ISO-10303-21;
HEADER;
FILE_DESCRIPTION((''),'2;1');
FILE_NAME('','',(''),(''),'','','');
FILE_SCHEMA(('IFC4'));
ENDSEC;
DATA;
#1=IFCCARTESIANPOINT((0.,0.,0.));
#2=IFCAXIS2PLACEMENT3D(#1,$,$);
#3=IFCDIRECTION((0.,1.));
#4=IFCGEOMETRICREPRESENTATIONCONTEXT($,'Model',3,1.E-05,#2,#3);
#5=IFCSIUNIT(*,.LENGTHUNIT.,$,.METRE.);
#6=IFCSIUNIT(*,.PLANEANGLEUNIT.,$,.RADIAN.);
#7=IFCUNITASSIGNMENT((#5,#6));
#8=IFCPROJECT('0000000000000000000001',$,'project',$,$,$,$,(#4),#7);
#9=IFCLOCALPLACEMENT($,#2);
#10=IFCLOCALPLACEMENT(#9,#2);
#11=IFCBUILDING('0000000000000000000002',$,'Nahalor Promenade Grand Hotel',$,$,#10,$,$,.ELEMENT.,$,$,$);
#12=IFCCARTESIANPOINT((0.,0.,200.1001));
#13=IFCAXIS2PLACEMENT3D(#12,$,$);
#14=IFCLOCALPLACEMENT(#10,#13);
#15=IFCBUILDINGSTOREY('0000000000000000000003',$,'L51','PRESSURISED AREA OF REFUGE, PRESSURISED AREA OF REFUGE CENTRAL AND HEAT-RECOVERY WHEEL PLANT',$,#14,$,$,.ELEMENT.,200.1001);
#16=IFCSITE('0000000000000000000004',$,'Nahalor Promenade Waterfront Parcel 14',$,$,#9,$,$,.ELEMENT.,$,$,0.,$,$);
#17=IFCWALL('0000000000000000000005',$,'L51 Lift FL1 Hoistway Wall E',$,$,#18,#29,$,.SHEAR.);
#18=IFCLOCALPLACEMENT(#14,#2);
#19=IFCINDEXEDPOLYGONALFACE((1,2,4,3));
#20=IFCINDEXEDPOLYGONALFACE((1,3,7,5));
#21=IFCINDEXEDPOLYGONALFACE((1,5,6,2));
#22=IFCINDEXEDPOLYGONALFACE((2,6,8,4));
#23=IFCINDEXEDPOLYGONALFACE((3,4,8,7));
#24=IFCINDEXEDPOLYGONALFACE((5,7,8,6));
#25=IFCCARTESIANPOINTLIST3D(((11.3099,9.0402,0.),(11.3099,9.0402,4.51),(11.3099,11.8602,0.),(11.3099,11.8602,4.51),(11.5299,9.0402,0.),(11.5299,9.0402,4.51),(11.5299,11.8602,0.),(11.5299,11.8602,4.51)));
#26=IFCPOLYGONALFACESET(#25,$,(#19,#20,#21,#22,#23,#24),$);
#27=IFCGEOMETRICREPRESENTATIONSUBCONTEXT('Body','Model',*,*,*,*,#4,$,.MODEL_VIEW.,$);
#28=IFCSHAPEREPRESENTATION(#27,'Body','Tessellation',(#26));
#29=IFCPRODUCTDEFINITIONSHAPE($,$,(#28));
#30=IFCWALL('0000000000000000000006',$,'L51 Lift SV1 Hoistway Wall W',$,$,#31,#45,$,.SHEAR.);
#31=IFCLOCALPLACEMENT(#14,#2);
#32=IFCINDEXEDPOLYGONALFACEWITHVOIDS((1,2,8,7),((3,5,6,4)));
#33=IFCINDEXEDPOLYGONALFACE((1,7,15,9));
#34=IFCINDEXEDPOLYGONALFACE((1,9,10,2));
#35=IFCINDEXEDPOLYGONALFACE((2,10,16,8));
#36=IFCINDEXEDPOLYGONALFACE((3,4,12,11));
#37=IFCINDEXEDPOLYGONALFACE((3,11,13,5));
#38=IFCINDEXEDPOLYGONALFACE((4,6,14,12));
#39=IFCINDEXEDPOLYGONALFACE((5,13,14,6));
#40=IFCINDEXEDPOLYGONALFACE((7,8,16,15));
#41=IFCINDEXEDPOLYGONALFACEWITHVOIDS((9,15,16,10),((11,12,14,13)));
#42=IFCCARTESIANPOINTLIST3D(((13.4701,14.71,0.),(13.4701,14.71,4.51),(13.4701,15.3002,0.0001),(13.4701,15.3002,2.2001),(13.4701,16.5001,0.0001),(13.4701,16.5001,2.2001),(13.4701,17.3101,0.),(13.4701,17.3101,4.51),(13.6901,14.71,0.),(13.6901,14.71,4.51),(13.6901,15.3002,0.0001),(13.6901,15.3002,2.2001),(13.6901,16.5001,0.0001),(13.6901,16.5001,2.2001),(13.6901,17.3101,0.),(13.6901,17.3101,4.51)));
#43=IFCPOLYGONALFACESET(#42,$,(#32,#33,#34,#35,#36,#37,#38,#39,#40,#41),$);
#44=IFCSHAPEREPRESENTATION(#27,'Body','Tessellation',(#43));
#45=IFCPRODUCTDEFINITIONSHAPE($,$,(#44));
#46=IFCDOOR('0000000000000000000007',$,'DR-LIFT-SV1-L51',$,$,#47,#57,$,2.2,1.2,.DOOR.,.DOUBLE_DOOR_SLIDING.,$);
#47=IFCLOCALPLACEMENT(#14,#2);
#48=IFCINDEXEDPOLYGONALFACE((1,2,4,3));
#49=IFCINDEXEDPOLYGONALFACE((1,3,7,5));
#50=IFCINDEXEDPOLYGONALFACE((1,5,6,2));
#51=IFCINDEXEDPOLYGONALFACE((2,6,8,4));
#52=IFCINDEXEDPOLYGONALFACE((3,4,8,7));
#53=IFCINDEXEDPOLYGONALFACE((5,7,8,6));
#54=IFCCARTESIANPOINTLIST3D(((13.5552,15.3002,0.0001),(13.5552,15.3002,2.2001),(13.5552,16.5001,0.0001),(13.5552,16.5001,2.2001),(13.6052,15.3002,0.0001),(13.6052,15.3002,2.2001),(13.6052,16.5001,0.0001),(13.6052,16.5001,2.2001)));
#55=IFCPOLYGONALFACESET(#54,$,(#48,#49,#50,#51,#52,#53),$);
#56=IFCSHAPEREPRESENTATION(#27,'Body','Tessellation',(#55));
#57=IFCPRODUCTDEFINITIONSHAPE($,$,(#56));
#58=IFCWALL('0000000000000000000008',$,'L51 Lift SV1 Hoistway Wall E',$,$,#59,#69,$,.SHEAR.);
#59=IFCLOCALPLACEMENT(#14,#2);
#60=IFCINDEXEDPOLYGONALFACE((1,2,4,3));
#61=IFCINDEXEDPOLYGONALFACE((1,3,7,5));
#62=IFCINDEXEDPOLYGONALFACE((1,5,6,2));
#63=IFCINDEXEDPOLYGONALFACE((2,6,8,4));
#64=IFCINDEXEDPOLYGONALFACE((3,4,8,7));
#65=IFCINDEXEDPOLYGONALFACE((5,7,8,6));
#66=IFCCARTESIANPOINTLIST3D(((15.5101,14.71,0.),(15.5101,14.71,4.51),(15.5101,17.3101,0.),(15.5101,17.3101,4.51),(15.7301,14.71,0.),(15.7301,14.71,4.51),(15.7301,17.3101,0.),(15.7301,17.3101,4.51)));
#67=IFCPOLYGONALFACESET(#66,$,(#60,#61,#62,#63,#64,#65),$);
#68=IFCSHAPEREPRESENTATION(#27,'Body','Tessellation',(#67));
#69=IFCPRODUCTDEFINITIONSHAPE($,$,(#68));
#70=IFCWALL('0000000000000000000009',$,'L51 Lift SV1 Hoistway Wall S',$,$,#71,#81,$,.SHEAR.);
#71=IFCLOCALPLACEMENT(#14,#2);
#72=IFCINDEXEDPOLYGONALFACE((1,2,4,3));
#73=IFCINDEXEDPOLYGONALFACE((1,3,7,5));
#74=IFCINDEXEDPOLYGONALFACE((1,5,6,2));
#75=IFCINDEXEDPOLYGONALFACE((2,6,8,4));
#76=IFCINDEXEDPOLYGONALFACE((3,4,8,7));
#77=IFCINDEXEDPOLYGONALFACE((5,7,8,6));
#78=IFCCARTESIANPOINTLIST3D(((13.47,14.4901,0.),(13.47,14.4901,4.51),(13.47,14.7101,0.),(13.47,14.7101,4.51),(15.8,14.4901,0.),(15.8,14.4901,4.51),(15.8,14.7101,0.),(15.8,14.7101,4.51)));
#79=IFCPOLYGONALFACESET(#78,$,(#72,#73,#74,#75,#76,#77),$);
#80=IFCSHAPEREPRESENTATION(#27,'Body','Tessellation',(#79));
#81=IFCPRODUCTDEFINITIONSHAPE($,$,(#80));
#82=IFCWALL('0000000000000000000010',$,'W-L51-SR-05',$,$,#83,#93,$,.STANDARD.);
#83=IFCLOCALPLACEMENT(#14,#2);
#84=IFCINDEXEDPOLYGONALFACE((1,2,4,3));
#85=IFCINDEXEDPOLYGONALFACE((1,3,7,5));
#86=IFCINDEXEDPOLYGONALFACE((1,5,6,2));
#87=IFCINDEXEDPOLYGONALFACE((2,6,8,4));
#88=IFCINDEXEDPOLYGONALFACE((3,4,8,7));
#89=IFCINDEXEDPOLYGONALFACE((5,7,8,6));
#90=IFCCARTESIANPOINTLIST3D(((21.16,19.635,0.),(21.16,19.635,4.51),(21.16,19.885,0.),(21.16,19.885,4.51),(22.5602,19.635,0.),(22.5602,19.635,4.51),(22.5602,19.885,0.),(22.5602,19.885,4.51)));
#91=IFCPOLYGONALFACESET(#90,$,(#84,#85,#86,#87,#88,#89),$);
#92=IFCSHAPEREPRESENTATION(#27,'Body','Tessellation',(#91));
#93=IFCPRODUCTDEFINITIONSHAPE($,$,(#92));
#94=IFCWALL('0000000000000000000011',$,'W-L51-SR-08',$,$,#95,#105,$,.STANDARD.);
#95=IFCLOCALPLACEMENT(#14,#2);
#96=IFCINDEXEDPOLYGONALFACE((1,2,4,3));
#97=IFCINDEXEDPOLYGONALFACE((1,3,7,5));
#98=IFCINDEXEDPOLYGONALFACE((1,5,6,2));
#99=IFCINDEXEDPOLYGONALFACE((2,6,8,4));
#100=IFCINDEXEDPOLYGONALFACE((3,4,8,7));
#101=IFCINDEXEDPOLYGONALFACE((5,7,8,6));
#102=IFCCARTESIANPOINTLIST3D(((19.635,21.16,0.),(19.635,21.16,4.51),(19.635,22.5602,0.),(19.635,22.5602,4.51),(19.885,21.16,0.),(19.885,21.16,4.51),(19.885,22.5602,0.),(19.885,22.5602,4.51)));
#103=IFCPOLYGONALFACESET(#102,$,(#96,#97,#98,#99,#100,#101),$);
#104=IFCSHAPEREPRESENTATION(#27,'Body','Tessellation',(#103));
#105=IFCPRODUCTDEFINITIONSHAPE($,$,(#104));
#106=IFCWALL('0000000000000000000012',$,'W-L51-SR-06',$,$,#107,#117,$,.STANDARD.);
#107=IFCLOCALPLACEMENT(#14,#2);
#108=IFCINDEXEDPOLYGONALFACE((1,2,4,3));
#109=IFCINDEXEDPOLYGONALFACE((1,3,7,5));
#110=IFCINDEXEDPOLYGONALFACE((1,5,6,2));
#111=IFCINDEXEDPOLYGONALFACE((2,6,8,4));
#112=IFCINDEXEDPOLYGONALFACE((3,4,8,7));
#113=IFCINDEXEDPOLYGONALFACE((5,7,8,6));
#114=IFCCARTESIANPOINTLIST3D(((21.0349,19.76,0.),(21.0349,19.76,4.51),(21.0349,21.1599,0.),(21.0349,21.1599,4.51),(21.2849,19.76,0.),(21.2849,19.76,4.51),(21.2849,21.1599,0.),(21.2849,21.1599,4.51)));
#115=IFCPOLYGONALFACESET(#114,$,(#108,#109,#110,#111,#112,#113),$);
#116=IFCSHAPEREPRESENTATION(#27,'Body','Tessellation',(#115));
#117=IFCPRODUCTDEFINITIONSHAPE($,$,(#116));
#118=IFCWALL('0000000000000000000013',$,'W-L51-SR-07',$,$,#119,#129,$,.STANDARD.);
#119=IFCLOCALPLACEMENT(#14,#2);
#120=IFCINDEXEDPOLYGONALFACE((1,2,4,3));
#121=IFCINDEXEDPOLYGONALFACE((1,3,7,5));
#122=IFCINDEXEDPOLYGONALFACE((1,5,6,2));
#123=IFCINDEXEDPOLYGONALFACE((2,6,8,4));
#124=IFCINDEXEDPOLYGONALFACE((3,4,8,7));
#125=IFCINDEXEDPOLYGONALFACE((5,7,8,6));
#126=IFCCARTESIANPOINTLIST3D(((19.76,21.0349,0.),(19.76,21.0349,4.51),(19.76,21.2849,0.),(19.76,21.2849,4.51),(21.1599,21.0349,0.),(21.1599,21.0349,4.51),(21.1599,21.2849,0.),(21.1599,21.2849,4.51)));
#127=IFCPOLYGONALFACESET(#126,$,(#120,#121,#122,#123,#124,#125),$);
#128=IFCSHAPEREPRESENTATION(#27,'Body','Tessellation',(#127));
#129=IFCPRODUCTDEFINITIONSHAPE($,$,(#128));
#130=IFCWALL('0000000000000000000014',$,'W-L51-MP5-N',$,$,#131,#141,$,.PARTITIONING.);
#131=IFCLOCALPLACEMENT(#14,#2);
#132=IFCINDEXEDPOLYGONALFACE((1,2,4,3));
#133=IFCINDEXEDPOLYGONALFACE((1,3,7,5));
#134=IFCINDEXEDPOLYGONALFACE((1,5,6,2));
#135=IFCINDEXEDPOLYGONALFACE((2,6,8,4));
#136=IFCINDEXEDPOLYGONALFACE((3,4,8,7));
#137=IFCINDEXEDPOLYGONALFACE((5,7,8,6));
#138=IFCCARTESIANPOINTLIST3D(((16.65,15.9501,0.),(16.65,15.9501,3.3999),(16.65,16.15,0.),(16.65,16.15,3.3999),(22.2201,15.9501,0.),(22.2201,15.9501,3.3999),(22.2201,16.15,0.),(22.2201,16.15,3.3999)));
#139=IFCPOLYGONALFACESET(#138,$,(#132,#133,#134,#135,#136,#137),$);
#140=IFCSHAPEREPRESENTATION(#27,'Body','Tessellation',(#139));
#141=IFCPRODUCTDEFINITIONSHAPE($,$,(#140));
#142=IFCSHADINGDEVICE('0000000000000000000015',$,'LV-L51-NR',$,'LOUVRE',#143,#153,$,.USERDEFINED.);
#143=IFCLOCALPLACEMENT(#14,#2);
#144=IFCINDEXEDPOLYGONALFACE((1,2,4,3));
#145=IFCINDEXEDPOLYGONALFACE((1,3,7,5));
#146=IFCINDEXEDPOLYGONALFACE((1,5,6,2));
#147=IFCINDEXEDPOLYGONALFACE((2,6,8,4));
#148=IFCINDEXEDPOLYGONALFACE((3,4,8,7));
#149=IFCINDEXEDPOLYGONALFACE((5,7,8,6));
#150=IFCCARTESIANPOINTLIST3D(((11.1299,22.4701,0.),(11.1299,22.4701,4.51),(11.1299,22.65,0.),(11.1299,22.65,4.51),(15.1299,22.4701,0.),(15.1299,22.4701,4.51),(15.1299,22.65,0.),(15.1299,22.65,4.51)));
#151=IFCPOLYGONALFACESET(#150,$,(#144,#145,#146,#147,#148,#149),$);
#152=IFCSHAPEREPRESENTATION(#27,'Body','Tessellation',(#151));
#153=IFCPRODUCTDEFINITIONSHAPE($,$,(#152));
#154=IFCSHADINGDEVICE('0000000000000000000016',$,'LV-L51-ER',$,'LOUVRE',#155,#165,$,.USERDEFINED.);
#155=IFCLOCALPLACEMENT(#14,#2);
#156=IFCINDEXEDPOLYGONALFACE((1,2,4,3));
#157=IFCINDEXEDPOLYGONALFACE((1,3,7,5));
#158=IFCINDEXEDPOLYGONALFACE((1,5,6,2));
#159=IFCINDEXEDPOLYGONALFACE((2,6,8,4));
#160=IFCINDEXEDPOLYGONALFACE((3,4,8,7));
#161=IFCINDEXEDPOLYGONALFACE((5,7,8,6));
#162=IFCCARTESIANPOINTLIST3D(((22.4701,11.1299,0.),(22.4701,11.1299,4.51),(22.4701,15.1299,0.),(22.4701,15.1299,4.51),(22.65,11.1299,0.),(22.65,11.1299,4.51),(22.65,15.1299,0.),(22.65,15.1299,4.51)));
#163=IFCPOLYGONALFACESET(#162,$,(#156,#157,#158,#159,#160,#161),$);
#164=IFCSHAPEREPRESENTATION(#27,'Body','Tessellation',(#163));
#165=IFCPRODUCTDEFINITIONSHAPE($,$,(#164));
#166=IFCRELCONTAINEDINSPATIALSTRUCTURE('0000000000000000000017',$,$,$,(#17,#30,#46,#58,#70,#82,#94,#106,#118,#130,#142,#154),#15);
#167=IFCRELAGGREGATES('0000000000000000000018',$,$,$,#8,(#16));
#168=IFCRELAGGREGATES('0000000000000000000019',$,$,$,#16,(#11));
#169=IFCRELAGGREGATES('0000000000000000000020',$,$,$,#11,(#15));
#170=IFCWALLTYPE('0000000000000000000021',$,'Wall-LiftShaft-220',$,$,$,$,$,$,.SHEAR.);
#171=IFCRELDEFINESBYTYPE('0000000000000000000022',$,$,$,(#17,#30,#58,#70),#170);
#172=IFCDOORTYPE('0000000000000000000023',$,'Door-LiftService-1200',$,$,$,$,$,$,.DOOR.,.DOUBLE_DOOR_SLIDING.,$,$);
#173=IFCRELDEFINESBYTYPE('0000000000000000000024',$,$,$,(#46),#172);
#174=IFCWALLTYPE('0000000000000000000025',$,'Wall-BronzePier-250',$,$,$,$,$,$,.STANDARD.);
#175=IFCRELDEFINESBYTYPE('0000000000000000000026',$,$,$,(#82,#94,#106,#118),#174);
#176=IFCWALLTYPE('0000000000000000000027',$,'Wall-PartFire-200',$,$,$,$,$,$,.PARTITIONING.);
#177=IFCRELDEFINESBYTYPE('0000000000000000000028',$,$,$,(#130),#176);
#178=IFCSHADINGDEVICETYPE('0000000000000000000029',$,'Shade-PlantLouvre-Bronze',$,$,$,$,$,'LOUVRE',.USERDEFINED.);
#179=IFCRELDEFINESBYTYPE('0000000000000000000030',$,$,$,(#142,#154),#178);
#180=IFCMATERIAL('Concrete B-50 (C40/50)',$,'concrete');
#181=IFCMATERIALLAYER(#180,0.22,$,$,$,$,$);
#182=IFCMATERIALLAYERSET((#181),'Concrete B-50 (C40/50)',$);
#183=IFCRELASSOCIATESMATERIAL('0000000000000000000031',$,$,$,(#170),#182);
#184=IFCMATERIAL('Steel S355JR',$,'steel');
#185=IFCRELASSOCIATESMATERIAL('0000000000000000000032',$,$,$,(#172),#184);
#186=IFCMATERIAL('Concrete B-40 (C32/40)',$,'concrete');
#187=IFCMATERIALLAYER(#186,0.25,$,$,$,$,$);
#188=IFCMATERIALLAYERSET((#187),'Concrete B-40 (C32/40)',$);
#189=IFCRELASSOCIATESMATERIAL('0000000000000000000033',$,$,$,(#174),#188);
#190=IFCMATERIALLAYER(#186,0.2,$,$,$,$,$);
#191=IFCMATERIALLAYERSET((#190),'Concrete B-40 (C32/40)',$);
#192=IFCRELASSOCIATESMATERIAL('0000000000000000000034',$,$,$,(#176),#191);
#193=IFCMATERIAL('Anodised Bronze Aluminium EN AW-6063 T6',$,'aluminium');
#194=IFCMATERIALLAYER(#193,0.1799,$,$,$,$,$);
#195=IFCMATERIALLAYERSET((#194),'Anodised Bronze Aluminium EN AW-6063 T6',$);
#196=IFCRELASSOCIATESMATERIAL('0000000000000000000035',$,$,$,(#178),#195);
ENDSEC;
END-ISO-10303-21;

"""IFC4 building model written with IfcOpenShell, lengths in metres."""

from ifc_helpers import new_model, si_unit, direction, frame, frame_2d, origin, origin_2d, place, context, subcontext, project, spatial, rectangle, extrude, source, transform, mapped, material, layer, layer_set, type_object, element, fill, save


model = new_model("IFC4")

# Units and contexts
model_context = context("Model", 3, precision=1e-05, world=origin(), true_north=direction((0.0, 1.0)))
body_context = subcontext(model_context, "Body", "Model", "MODEL_VIEW")
ifc_project = project(units=[si_unit("LENGTHUNIT", "METRE"), si_unit("PLANEANGLEUNIT", "RADIAN")], contexts=[model_context])

# Site, building, storey
site_placement = place(None, origin())
site = spatial("IfcSite", under=ifc_project, at=site_placement, Name="Nahalor Promenade Waterfront Parcel 14", CompositionType="ELEMENT", RefElevation=0.0)
building_placement = place(site_placement, origin())
building = spatial("IfcBuilding", under=site, at=building_placement, Name="Nahalor Promenade Grand Hotel", CompositionType="ELEMENT")
storey_placement = place(building_placement, frame((0.0, 0.0, 200.1001)))
storey = spatial("IfcBuildingStorey", under=building, at=storey_placement, Name="L51", Description="PRESSURISED AREA OF REFUGE, PRESSURISED AREA OF REFUGE CENTRAL AND HEAT-RECOVERY WHEEL PLANT", CompositionType="ELEMENT", Elevation=200.1001)

# Shared definitions
ifc_material_1 = material(Name="Steel S355JR", Category="steel")

# Wall
ifc_material_2 = material(Name="Concrete B-50 (C40/50)", Category="concrete")
ifc_layer_1 = layer(ifc_material_2, 0.22)
ifc_layer_set_1 = layer_set([ifc_layer_1], Name="Concrete B-50 (C40/50)")
wall_type_1 = type_object("IfcWallType", Name="Wall-LiftShaft-220", PredefinedType="SHEAR", material=ifc_layer_set_1)
shared_shape_1 = source(origin(), body_context, "Body", "SweptSolid", [
    extrude(rectangle(XDim=2.8201, YDim=0.22, at=frame_2d((1.4102, 0.0))), origin(), (0.0, 0.0, 1.0), 4.51),
])
wall_1_placement = place(storey_placement, frame((11.4199, 9.04, 0.0), z_axis=(0.0, 0.0, 1.0), x_axis=(0.0, 1.0, 0.0)))
element("IfcWall", 1, at=wall_1_placement, inside=storey, type_object=wall_type_1, Name="L51 Lift FL1 Hoistway Wall E", PredefinedType="SHEAR", context=body_context, shape_type="MappedRepresentation", body=[
    mapped(shared_shape_1, transform((0.0, 0.0, 0.0), scale=1.0)),
])

# Wall, opening, door
shared_shape_2 = source(origin(), body_context, "Body", "SweptSolid", [
    extrude(rectangle(XDim=2.6001, YDim=0.22, at=frame_2d((1.3, 0.0))), origin(), (0.0, 0.0, 1.0), 4.51),
])
wall_2_placement = place(storey_placement, frame((13.5801, 14.71, 0.0), z_axis=(0.0, 0.0, 1.0), x_axis=(0.0, 1.0, 0.0)))
wall_2 = element("IfcWall", 2, at=wall_2_placement, inside=storey, type_object=wall_type_1, Name="L51 Lift SV1 Hoistway Wall W", PredefinedType="SHEAR", context=body_context, shape_type="MappedRepresentation", body=[
    mapped(shared_shape_2, transform((0.0, 0.0, 0.0), scale=1.0)),
])
opening_placement = place(wall_2_placement, frame((0.5901, 0.0, 0.0)))
opening = element("IfcOpeningElement", 3, at=opening_placement, cuts=wall_2, PredefinedType="OPENING", context=body_context, shape_type="SweptSolid", body=[
    extrude(rectangle(XDim=1.2, YDim=2.2, at=frame_2d((0.6001, 1.1001))), frame((0.0, 0.1199, 0.0), z_axis=(0.0, -1.0, 0.0), x_axis=(1.0, 0.0, 0.0)), (0.0, 0.0, 1.0), 0.24),
])
door_type = type_object("IfcDoorType", Name="Door-LiftService-1200", OperationType="DOUBLE_DOOR_SLIDING", PredefinedType="DOOR", material=ifc_material_1)
shared_shape_3 = source(origin(), body_context, "Body", "SweptSolid", [
    extrude(rectangle(XDim=1.2, YDim=2.2, at=frame_2d((0.6001, 1.1001))), frame((0.0, 0.0249, 0.0), z_axis=(0.0, -1.0, 0.0), x_axis=(1.0, 0.0, 0.0)), (0.0, 0.0, 1.0), 0.05),
])
door_placement = place(opening_placement, origin())
door = element("IfcDoor", 4, at=door_placement, inside=storey, type_object=door_type, Name="DR-LIFT-SV1-L51", OperationType="DOUBLE_DOOR_SLIDING", OverallHeight=2.2, OverallWidth=1.2, PredefinedType="DOOR", context=body_context, shape_type="MappedRepresentation", body=[
    mapped(shared_shape_3, transform((0.0, 0.0, 0.0), scale=1.0)),
])
fill(opening, door)

# Walls
wall_3_placement = place(storey_placement, frame((15.6201, 14.71, 0.0), z_axis=(0.0, 0.0, 1.0), x_axis=(0.0, 1.0, 0.0)))
element("IfcWall", 5, at=wall_3_placement, inside=storey, type_object=wall_type_1, Name="L51 Lift SV1 Hoistway Wall E", PredefinedType="SHEAR", context=body_context, shape_type="MappedRepresentation", body=[
    mapped(shared_shape_2, transform((0.0, 0.0, 0.0), scale=1.0)),
])
shared_shape_4 = source(origin(), body_context, "Body", "SweptSolid", [
    extrude(rectangle(XDim=2.3301, YDim=0.22, at=frame_2d((1.165, 0.0))), origin(), (0.0, 0.0, 1.0), 4.51),
])
wall_4_placement = place(storey_placement, frame((13.47, 14.6001, 0.0), z_axis=(0.0, 0.0, 1.0), x_axis=(1.0, 0.0, 0.0)))
element("IfcWall", 6, at=wall_4_placement, inside=storey, type_object=wall_type_1, Name="L51 Lift SV1 Hoistway Wall S", PredefinedType="SHEAR", context=body_context, shape_type="MappedRepresentation", body=[
    mapped(shared_shape_4, transform((0.0, 0.0, 0.0), scale=1.0)),
])
ifc_material_3 = material(Name="Concrete B-40 (C32/40)", Category="concrete")
ifc_layer_2 = layer(ifc_material_3, 0.25)
ifc_layer_set_2 = layer_set([ifc_layer_2], Name="Concrete B-40 (C32/40)")
wall_type_2 = type_object("IfcWallType", Name="Wall-BronzePier-250", PredefinedType="STANDARD", material=ifc_layer_set_2)
shared_shape_5 = source(origin(), body_context, "Body", "SweptSolid", [
    extrude(rectangle(XDim=1.4001, YDim=0.25, at=frame_2d((0.7002, 0.0))), origin(), (0.0, 0.0, 1.0), 4.51),
])
for number, where, z_axis, x_axis, name in (
    (7, (21.1599, 19.76, 0.0), (0.0, 0.0, 1.0), (1.0, 0.0, 0.0), "W-L51-SR-05"),
    (8, (19.76, 21.1599, 0.0), (0.0, 0.0, 1.0), (0.0, 1.0, 0.0), "W-L51-SR-08"),
):
    element("IfcWall", number, at=place(storey_placement, frame(where, z_axis=z_axis, x_axis=x_axis)), inside=storey, type_object=wall_type_2, Name=name, PredefinedType="STANDARD", context=body_context, shape_type="MappedRepresentation", body=[
        mapped(shared_shape_5, transform((0.0, 0.0, 0.0), scale=1.0)),
    ])
shared_shape_6 = source(origin(), body_context, "Body", "SweptSolid", [
    extrude(rectangle(XDim=1.3999, YDim=0.25, at=frame_2d((0.7, 0.0))), origin(), (0.0, 0.0, 1.0), 4.51),
])
for number, where, z_axis, x_axis, name in (
    (9, (21.1599, 19.76, 0.0), (0.0, 0.0, 1.0), (0.0, 1.0, 0.0), "W-L51-SR-06"),
    (10, (19.76, 21.1599, 0.0), (0.0, 0.0, 1.0), (1.0, 0.0, 0.0), "W-L51-SR-07"),
):
    element("IfcWall", number, at=place(storey_placement, frame(where, z_axis=z_axis, x_axis=x_axis)), inside=storey, type_object=wall_type_2, Name=name, PredefinedType="STANDARD", context=body_context, shape_type="MappedRepresentation", body=[
        mapped(shared_shape_6, transform((0.0, 0.0, 0.0), scale=1.0)),
    ])
ifc_layer_3 = layer(ifc_material_3, 0.2)
ifc_layer_set_3 = layer_set([ifc_layer_3], Name="Concrete B-40 (C32/40)")
wall_type_3 = type_object("IfcWallType", Name="Wall-PartFire-200", PredefinedType="PARTITIONING", material=ifc_layer_set_3)
shared_shape_7 = source(origin(), body_context, "Body", "SweptSolid", [
    extrude(rectangle(XDim=5.5701, YDim=0.2, at=frame_2d((2.7852, 0.0))), origin(), (0.0, 0.0, 1.0), 3.3999),
])
wall_5_placement = place(storey_placement, frame((16.6499, 16.05, 0.0), z_axis=(0.0, 0.0, 1.0), x_axis=(1.0, 0.0, 0.0)))
element("IfcWall", 11, at=wall_5_placement, inside=storey, type_object=wall_type_3, Name="W-L51-MP5-N", PredefinedType="PARTITIONING", context=body_context, shape_type="MappedRepresentation", body=[
    mapped(shared_shape_7, transform((0.0, 0.0, 0.0), scale=1.0)),
])

# Shading devices
ifc_material_4 = material(Name="Anodised Bronze Aluminium EN AW-6063 T6", Category="aluminium")
ifc_layer_4 = layer(ifc_material_4, 0.1799)
ifc_layer_set_4 = layer_set([ifc_layer_4], Name="Anodised Bronze Aluminium EN AW-6063 T6")
shading_device_type = type_object("IfcShadingDeviceType", Name="Shade-PlantLouvre-Bronze", ElementType="LOUVRE", PredefinedType="USERDEFINED", material=ifc_layer_set_4)
shared_shape_8 = source(origin(), body_context, "Body", "SweptSolid", [
    extrude(rectangle(XDim=4.0, YDim=0.1799, at=origin_2d()), origin(), (0.0, 0.0, 1.0), 4.51),
])
for number, where, z_axis, x_axis, name in (
    (12, (13.1299, 22.5601, 0.0), (0.0, 0.0, 1.0), (1.0, 0.0, 0.0), "LV-L51-NR"),
    (13, (22.5601, 13.1299, 0.0), (0.0, 0.0, 1.0), (0.0, 1.0, 0.0), "LV-L51-ER"),
):
    element("IfcShadingDevice", number, at=place(storey_placement, frame(where, z_axis=z_axis, x_axis=x_axis)), inside=storey, type_object=shading_device_type, Name=name, ObjectType="LOUVRE", PredefinedType="USERDEFINED", context=body_context, shape_type="MappedRepresentation", body=[
        mapped(shared_shape_8, transform((0.0, 0.0, 0.0), scale=1.0)),
    ])

save(model, "model.ifc")
